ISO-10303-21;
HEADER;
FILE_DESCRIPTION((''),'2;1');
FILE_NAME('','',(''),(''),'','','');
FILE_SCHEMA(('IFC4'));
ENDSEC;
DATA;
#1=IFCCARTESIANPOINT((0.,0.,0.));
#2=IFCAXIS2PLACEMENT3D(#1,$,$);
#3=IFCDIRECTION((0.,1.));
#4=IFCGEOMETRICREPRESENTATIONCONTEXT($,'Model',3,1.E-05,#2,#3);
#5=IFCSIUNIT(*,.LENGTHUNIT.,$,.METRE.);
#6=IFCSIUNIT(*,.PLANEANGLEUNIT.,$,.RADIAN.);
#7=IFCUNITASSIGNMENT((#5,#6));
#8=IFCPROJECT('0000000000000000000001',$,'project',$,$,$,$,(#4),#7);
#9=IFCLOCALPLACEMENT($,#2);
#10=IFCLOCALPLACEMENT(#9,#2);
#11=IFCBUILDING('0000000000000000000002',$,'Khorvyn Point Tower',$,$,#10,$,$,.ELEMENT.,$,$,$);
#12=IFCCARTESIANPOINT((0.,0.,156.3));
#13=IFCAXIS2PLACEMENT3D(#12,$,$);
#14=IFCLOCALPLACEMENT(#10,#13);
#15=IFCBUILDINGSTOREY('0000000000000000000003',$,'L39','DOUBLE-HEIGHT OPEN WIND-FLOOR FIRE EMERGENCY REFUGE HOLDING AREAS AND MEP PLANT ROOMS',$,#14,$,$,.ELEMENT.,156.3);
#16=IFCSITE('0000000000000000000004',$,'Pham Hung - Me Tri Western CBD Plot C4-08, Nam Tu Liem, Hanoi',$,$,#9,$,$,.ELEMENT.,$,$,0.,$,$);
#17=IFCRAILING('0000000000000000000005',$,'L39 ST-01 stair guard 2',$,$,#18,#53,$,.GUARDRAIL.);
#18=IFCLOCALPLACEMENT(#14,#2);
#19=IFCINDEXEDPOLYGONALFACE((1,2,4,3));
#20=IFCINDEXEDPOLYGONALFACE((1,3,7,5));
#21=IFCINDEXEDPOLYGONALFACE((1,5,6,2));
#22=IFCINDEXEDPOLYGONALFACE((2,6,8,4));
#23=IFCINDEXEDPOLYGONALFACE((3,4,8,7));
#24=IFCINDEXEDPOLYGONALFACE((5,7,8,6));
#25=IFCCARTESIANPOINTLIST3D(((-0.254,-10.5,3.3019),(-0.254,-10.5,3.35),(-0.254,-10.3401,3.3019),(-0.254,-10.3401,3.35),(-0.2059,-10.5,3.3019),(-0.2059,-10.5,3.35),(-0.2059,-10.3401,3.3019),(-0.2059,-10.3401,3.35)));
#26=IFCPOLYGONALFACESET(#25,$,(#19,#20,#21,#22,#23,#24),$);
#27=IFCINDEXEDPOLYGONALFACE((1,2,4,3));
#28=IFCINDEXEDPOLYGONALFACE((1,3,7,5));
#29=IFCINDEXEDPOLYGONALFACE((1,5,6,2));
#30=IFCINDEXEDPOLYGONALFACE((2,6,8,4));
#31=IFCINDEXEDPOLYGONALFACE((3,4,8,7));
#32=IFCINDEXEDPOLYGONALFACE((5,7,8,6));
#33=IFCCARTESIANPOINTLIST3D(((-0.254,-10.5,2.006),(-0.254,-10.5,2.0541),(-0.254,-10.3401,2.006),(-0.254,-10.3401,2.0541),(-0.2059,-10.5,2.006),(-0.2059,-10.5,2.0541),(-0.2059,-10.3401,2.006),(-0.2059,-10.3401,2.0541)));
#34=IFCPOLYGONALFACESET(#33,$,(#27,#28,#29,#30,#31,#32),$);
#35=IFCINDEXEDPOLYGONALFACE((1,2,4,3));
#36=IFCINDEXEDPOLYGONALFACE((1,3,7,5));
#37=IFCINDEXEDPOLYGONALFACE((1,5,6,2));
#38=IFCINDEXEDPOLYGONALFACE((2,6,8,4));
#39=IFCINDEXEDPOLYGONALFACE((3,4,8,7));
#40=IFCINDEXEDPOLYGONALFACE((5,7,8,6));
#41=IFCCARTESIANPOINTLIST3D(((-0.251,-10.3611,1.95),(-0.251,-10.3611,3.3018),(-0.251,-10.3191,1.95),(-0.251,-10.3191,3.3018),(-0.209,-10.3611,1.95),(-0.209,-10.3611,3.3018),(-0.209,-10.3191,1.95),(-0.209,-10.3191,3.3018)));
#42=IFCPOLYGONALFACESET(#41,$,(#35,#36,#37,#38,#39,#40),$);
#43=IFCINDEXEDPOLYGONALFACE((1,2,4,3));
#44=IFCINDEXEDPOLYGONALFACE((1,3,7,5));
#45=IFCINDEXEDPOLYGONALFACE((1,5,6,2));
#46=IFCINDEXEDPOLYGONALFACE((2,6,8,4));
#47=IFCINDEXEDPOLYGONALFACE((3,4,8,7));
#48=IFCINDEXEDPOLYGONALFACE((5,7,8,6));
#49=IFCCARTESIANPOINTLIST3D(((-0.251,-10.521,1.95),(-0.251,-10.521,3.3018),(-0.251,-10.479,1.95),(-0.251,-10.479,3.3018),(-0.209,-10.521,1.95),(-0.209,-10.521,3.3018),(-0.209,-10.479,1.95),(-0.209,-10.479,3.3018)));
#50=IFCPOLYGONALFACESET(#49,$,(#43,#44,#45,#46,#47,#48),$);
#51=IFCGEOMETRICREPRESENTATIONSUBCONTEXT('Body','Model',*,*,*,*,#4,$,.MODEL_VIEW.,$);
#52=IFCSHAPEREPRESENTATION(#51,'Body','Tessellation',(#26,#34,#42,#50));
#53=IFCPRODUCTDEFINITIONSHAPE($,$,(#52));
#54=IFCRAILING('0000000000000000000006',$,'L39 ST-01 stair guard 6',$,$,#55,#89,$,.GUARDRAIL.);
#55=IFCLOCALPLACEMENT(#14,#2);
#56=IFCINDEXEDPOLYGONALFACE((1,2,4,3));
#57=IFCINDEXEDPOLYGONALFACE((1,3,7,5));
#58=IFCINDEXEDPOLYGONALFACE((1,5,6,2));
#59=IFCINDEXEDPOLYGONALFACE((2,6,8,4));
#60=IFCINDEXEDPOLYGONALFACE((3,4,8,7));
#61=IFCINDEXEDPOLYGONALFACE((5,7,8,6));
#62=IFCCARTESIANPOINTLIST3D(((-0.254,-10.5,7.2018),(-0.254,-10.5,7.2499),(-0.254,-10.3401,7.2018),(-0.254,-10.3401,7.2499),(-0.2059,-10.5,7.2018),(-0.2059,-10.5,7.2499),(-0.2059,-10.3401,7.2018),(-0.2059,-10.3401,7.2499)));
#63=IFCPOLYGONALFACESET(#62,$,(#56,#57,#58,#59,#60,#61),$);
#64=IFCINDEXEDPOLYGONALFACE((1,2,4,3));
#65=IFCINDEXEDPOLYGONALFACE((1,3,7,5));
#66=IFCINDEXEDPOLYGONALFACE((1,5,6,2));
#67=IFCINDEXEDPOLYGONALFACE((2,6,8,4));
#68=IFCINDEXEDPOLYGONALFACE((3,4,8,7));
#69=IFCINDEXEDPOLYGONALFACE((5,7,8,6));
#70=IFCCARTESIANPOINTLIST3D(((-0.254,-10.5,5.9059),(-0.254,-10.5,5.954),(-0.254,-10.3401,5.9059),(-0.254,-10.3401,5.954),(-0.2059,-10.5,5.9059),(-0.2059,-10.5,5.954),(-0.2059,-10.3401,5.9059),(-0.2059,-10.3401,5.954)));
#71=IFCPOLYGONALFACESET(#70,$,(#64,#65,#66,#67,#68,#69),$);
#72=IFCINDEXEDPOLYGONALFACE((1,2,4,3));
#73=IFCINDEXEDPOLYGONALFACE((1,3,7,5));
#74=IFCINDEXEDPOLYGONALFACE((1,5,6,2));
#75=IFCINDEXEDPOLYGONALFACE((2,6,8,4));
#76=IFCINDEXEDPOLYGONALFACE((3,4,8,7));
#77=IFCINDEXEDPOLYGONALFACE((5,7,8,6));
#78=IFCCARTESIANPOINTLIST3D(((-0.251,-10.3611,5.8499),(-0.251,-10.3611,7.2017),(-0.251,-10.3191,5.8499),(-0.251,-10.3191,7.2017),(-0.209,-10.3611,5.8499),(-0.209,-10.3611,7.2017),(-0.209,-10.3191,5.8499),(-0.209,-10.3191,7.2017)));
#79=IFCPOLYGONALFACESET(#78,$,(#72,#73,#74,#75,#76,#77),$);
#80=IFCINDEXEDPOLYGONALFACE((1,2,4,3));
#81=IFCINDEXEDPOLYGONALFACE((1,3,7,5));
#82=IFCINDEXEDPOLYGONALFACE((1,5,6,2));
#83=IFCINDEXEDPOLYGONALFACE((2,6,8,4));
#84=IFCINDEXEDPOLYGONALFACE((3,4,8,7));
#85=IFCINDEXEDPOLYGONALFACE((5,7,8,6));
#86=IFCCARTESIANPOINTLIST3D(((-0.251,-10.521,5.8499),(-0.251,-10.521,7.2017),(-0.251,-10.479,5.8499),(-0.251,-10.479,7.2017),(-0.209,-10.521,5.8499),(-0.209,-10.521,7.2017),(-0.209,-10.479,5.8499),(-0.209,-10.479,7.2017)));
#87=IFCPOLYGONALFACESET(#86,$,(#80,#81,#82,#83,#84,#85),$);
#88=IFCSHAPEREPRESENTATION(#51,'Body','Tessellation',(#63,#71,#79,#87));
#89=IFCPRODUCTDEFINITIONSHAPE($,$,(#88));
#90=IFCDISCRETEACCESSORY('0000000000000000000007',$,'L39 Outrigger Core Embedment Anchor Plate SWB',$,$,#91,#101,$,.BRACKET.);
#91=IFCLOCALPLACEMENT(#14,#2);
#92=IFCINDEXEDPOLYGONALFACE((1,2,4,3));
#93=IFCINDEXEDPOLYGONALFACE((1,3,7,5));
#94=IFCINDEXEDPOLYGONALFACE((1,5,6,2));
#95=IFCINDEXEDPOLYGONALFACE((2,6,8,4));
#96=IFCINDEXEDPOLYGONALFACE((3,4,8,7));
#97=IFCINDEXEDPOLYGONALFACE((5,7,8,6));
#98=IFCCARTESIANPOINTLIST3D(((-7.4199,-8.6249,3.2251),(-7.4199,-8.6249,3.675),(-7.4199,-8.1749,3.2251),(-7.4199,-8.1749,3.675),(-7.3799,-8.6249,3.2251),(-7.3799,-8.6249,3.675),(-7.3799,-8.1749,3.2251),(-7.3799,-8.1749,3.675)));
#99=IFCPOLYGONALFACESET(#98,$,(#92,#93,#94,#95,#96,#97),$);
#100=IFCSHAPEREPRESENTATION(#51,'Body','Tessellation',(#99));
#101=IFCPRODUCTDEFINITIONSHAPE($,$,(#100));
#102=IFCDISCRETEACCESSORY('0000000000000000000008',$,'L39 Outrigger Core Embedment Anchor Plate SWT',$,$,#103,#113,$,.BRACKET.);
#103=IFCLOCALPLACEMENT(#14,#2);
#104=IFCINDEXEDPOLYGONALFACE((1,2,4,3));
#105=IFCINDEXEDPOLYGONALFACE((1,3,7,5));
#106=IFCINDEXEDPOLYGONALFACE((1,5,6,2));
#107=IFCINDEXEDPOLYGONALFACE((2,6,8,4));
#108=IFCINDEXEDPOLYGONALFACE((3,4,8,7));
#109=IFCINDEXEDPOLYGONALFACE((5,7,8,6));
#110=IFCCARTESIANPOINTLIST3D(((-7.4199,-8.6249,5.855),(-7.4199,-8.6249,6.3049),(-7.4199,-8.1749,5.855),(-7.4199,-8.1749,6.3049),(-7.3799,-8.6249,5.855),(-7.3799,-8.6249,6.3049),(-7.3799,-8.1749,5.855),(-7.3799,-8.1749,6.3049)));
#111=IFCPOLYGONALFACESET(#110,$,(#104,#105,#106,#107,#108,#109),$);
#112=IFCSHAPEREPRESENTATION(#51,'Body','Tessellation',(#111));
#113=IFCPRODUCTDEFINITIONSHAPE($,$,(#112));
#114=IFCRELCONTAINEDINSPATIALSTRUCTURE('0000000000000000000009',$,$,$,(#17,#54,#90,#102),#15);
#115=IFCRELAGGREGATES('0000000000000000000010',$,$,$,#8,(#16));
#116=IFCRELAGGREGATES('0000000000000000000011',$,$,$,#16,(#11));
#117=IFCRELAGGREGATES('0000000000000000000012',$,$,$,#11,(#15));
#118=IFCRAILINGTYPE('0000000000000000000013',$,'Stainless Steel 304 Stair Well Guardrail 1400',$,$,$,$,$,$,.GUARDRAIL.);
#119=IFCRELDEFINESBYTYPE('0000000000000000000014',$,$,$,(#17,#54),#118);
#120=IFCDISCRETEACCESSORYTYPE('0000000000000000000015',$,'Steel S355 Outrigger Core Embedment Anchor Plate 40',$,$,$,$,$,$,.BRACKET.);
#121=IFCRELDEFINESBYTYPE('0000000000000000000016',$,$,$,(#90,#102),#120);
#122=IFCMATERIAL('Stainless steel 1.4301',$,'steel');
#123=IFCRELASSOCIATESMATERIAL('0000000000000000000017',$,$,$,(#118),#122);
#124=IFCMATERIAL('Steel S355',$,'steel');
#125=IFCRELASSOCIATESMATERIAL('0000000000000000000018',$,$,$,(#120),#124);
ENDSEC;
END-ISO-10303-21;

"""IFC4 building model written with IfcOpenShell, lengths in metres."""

from ifc_helpers import new_model, si_unit, direction, frame, origin, origin_2d, place, context, subcontext, project, spatial, rectangle, extrude, material, type_object, element, save


model = new_model("IFC4")

# Units and contexts
model_context = context("Model", 3, precision=1e-05, world=origin(), true_north=direction((0.0, 1.0)))
body_context = subcontext(model_context, "Body", "Model", "MODEL_VIEW")
ifc_project = project(units=[si_unit("LENGTHUNIT", "METRE"), si_unit("PLANEANGLEUNIT", "RADIAN")], contexts=[model_context])

# Site, building, storey
site_placement = place(None, origin())
site = spatial("IfcSite", under=ifc_project, at=site_placement, Name="Pham Hung - Me Tri Western CBD Plot C4-08, Nam Tu Liem, Hanoi", CompositionType="ELEMENT", RefElevation=0.0)
building_placement = place(site_placement, origin())
building = spatial("IfcBuilding", under=site, at=building_placement, Name="Khorvyn Point Tower", CompositionType="ELEMENT")
storey_placement = place(building_placement, frame((0.0, 0.0, 156.3)))
storey = spatial("IfcBuildingStorey", under=building, at=storey_placement, Name="L39", Description="DOUBLE-HEIGHT OPEN WIND-FLOOR FIRE EMERGENCY REFUGE HOLDING AREAS AND MEP PLANT ROOMS", CompositionType="ELEMENT", Elevation=156.3)

# Railings
ifc_material_1 = material(Name="Stainless steel 1.4301", Category="steel")
railing_type = type_object("IfcRailingType", Name="Stainless Steel 304 Stair Well Guardrail 1400", PredefinedType="GUARDRAIL", material=ifc_material_1)
for number, where, name in (
    (1, (-0.23, -10.3401, 1.95), "L39 ST-01 stair guard 2"),
    (2, (-0.23, -10.3401, 5.8499), "L39 ST-01 stair guard 6"),
):
    element("IfcRailing", number, at=place(storey_placement, frame(where)), inside=storey, type_object=railing_type, Name=name, PredefinedType="GUARDRAIL", context=body_context, shape_type="SweptSolid", body=[
        extrude(rectangle(XDim=0.0481, YDim=0.0481, at=origin_2d()), frame((0.0, 0.0, 1.376), z_axis=(0.0, -1.0, 0.0), x_axis=(1.0, 0.0, 0.0)), (0.0, 0.0, 1.0), 0.1599),
        extrude(rectangle(XDim=0.0481, YDim=0.0481, at=origin_2d()), frame((0.0, 0.0, 0.0801), z_axis=(0.0, -1.0, 0.0), x_axis=(1.0, 0.0, 0.0)), (0.0, 0.0, 1.0), 0.1599),
        extrude(rectangle(XDim=0.042, YDim=0.042, at=origin_2d()), origin(), (0.0, 0.0, 1.0), 1.3518),
        extrude(rectangle(XDim=0.042, YDim=0.042, at=origin_2d()), frame((0.0, -0.1599, 0.0)), (0.0, 0.0, 1.0), 1.3518),
    ])

# Discrete accessories
ifc_material_2 = material(Name="Steel S355", Category="steel")
discrete_accessory_type = type_object("IfcDiscreteAccessoryType", Name="Steel S355 Outrigger Core Embedment Anchor Plate 40", PredefinedType="BRACKET", material=ifc_material_2)
for number, where, z_axis, x_axis, name in (
    (3, (-7.3999, -8.3999, 3.2251), (0.0, 0.0, 1.0), (1.0, 0.0, 0.0), "L39 Outrigger Core Embedment Anchor Plate SWB"),
    (4, (-7.3999, -8.3999, 5.855), (0.0, 0.0, 1.0), (1.0, 0.0, 0.0), "L39 Outrigger Core Embedment Anchor Plate SWT"),
):
    element("IfcDiscreteAccessory", number, at=place(storey_placement, frame(where, z_axis=z_axis, x_axis=x_axis)), inside=storey, type_object=discrete_accessory_type, Name=name, PredefinedType="BRACKET", context=body_context, shape_type="SweptSolid", body=[
        extrude(rectangle(XDim=0.04, YDim=0.45, at=origin_2d()), origin(), (0.0, 0.0, 1.0), 0.45),
    ])

save(model, "model.ifc")
